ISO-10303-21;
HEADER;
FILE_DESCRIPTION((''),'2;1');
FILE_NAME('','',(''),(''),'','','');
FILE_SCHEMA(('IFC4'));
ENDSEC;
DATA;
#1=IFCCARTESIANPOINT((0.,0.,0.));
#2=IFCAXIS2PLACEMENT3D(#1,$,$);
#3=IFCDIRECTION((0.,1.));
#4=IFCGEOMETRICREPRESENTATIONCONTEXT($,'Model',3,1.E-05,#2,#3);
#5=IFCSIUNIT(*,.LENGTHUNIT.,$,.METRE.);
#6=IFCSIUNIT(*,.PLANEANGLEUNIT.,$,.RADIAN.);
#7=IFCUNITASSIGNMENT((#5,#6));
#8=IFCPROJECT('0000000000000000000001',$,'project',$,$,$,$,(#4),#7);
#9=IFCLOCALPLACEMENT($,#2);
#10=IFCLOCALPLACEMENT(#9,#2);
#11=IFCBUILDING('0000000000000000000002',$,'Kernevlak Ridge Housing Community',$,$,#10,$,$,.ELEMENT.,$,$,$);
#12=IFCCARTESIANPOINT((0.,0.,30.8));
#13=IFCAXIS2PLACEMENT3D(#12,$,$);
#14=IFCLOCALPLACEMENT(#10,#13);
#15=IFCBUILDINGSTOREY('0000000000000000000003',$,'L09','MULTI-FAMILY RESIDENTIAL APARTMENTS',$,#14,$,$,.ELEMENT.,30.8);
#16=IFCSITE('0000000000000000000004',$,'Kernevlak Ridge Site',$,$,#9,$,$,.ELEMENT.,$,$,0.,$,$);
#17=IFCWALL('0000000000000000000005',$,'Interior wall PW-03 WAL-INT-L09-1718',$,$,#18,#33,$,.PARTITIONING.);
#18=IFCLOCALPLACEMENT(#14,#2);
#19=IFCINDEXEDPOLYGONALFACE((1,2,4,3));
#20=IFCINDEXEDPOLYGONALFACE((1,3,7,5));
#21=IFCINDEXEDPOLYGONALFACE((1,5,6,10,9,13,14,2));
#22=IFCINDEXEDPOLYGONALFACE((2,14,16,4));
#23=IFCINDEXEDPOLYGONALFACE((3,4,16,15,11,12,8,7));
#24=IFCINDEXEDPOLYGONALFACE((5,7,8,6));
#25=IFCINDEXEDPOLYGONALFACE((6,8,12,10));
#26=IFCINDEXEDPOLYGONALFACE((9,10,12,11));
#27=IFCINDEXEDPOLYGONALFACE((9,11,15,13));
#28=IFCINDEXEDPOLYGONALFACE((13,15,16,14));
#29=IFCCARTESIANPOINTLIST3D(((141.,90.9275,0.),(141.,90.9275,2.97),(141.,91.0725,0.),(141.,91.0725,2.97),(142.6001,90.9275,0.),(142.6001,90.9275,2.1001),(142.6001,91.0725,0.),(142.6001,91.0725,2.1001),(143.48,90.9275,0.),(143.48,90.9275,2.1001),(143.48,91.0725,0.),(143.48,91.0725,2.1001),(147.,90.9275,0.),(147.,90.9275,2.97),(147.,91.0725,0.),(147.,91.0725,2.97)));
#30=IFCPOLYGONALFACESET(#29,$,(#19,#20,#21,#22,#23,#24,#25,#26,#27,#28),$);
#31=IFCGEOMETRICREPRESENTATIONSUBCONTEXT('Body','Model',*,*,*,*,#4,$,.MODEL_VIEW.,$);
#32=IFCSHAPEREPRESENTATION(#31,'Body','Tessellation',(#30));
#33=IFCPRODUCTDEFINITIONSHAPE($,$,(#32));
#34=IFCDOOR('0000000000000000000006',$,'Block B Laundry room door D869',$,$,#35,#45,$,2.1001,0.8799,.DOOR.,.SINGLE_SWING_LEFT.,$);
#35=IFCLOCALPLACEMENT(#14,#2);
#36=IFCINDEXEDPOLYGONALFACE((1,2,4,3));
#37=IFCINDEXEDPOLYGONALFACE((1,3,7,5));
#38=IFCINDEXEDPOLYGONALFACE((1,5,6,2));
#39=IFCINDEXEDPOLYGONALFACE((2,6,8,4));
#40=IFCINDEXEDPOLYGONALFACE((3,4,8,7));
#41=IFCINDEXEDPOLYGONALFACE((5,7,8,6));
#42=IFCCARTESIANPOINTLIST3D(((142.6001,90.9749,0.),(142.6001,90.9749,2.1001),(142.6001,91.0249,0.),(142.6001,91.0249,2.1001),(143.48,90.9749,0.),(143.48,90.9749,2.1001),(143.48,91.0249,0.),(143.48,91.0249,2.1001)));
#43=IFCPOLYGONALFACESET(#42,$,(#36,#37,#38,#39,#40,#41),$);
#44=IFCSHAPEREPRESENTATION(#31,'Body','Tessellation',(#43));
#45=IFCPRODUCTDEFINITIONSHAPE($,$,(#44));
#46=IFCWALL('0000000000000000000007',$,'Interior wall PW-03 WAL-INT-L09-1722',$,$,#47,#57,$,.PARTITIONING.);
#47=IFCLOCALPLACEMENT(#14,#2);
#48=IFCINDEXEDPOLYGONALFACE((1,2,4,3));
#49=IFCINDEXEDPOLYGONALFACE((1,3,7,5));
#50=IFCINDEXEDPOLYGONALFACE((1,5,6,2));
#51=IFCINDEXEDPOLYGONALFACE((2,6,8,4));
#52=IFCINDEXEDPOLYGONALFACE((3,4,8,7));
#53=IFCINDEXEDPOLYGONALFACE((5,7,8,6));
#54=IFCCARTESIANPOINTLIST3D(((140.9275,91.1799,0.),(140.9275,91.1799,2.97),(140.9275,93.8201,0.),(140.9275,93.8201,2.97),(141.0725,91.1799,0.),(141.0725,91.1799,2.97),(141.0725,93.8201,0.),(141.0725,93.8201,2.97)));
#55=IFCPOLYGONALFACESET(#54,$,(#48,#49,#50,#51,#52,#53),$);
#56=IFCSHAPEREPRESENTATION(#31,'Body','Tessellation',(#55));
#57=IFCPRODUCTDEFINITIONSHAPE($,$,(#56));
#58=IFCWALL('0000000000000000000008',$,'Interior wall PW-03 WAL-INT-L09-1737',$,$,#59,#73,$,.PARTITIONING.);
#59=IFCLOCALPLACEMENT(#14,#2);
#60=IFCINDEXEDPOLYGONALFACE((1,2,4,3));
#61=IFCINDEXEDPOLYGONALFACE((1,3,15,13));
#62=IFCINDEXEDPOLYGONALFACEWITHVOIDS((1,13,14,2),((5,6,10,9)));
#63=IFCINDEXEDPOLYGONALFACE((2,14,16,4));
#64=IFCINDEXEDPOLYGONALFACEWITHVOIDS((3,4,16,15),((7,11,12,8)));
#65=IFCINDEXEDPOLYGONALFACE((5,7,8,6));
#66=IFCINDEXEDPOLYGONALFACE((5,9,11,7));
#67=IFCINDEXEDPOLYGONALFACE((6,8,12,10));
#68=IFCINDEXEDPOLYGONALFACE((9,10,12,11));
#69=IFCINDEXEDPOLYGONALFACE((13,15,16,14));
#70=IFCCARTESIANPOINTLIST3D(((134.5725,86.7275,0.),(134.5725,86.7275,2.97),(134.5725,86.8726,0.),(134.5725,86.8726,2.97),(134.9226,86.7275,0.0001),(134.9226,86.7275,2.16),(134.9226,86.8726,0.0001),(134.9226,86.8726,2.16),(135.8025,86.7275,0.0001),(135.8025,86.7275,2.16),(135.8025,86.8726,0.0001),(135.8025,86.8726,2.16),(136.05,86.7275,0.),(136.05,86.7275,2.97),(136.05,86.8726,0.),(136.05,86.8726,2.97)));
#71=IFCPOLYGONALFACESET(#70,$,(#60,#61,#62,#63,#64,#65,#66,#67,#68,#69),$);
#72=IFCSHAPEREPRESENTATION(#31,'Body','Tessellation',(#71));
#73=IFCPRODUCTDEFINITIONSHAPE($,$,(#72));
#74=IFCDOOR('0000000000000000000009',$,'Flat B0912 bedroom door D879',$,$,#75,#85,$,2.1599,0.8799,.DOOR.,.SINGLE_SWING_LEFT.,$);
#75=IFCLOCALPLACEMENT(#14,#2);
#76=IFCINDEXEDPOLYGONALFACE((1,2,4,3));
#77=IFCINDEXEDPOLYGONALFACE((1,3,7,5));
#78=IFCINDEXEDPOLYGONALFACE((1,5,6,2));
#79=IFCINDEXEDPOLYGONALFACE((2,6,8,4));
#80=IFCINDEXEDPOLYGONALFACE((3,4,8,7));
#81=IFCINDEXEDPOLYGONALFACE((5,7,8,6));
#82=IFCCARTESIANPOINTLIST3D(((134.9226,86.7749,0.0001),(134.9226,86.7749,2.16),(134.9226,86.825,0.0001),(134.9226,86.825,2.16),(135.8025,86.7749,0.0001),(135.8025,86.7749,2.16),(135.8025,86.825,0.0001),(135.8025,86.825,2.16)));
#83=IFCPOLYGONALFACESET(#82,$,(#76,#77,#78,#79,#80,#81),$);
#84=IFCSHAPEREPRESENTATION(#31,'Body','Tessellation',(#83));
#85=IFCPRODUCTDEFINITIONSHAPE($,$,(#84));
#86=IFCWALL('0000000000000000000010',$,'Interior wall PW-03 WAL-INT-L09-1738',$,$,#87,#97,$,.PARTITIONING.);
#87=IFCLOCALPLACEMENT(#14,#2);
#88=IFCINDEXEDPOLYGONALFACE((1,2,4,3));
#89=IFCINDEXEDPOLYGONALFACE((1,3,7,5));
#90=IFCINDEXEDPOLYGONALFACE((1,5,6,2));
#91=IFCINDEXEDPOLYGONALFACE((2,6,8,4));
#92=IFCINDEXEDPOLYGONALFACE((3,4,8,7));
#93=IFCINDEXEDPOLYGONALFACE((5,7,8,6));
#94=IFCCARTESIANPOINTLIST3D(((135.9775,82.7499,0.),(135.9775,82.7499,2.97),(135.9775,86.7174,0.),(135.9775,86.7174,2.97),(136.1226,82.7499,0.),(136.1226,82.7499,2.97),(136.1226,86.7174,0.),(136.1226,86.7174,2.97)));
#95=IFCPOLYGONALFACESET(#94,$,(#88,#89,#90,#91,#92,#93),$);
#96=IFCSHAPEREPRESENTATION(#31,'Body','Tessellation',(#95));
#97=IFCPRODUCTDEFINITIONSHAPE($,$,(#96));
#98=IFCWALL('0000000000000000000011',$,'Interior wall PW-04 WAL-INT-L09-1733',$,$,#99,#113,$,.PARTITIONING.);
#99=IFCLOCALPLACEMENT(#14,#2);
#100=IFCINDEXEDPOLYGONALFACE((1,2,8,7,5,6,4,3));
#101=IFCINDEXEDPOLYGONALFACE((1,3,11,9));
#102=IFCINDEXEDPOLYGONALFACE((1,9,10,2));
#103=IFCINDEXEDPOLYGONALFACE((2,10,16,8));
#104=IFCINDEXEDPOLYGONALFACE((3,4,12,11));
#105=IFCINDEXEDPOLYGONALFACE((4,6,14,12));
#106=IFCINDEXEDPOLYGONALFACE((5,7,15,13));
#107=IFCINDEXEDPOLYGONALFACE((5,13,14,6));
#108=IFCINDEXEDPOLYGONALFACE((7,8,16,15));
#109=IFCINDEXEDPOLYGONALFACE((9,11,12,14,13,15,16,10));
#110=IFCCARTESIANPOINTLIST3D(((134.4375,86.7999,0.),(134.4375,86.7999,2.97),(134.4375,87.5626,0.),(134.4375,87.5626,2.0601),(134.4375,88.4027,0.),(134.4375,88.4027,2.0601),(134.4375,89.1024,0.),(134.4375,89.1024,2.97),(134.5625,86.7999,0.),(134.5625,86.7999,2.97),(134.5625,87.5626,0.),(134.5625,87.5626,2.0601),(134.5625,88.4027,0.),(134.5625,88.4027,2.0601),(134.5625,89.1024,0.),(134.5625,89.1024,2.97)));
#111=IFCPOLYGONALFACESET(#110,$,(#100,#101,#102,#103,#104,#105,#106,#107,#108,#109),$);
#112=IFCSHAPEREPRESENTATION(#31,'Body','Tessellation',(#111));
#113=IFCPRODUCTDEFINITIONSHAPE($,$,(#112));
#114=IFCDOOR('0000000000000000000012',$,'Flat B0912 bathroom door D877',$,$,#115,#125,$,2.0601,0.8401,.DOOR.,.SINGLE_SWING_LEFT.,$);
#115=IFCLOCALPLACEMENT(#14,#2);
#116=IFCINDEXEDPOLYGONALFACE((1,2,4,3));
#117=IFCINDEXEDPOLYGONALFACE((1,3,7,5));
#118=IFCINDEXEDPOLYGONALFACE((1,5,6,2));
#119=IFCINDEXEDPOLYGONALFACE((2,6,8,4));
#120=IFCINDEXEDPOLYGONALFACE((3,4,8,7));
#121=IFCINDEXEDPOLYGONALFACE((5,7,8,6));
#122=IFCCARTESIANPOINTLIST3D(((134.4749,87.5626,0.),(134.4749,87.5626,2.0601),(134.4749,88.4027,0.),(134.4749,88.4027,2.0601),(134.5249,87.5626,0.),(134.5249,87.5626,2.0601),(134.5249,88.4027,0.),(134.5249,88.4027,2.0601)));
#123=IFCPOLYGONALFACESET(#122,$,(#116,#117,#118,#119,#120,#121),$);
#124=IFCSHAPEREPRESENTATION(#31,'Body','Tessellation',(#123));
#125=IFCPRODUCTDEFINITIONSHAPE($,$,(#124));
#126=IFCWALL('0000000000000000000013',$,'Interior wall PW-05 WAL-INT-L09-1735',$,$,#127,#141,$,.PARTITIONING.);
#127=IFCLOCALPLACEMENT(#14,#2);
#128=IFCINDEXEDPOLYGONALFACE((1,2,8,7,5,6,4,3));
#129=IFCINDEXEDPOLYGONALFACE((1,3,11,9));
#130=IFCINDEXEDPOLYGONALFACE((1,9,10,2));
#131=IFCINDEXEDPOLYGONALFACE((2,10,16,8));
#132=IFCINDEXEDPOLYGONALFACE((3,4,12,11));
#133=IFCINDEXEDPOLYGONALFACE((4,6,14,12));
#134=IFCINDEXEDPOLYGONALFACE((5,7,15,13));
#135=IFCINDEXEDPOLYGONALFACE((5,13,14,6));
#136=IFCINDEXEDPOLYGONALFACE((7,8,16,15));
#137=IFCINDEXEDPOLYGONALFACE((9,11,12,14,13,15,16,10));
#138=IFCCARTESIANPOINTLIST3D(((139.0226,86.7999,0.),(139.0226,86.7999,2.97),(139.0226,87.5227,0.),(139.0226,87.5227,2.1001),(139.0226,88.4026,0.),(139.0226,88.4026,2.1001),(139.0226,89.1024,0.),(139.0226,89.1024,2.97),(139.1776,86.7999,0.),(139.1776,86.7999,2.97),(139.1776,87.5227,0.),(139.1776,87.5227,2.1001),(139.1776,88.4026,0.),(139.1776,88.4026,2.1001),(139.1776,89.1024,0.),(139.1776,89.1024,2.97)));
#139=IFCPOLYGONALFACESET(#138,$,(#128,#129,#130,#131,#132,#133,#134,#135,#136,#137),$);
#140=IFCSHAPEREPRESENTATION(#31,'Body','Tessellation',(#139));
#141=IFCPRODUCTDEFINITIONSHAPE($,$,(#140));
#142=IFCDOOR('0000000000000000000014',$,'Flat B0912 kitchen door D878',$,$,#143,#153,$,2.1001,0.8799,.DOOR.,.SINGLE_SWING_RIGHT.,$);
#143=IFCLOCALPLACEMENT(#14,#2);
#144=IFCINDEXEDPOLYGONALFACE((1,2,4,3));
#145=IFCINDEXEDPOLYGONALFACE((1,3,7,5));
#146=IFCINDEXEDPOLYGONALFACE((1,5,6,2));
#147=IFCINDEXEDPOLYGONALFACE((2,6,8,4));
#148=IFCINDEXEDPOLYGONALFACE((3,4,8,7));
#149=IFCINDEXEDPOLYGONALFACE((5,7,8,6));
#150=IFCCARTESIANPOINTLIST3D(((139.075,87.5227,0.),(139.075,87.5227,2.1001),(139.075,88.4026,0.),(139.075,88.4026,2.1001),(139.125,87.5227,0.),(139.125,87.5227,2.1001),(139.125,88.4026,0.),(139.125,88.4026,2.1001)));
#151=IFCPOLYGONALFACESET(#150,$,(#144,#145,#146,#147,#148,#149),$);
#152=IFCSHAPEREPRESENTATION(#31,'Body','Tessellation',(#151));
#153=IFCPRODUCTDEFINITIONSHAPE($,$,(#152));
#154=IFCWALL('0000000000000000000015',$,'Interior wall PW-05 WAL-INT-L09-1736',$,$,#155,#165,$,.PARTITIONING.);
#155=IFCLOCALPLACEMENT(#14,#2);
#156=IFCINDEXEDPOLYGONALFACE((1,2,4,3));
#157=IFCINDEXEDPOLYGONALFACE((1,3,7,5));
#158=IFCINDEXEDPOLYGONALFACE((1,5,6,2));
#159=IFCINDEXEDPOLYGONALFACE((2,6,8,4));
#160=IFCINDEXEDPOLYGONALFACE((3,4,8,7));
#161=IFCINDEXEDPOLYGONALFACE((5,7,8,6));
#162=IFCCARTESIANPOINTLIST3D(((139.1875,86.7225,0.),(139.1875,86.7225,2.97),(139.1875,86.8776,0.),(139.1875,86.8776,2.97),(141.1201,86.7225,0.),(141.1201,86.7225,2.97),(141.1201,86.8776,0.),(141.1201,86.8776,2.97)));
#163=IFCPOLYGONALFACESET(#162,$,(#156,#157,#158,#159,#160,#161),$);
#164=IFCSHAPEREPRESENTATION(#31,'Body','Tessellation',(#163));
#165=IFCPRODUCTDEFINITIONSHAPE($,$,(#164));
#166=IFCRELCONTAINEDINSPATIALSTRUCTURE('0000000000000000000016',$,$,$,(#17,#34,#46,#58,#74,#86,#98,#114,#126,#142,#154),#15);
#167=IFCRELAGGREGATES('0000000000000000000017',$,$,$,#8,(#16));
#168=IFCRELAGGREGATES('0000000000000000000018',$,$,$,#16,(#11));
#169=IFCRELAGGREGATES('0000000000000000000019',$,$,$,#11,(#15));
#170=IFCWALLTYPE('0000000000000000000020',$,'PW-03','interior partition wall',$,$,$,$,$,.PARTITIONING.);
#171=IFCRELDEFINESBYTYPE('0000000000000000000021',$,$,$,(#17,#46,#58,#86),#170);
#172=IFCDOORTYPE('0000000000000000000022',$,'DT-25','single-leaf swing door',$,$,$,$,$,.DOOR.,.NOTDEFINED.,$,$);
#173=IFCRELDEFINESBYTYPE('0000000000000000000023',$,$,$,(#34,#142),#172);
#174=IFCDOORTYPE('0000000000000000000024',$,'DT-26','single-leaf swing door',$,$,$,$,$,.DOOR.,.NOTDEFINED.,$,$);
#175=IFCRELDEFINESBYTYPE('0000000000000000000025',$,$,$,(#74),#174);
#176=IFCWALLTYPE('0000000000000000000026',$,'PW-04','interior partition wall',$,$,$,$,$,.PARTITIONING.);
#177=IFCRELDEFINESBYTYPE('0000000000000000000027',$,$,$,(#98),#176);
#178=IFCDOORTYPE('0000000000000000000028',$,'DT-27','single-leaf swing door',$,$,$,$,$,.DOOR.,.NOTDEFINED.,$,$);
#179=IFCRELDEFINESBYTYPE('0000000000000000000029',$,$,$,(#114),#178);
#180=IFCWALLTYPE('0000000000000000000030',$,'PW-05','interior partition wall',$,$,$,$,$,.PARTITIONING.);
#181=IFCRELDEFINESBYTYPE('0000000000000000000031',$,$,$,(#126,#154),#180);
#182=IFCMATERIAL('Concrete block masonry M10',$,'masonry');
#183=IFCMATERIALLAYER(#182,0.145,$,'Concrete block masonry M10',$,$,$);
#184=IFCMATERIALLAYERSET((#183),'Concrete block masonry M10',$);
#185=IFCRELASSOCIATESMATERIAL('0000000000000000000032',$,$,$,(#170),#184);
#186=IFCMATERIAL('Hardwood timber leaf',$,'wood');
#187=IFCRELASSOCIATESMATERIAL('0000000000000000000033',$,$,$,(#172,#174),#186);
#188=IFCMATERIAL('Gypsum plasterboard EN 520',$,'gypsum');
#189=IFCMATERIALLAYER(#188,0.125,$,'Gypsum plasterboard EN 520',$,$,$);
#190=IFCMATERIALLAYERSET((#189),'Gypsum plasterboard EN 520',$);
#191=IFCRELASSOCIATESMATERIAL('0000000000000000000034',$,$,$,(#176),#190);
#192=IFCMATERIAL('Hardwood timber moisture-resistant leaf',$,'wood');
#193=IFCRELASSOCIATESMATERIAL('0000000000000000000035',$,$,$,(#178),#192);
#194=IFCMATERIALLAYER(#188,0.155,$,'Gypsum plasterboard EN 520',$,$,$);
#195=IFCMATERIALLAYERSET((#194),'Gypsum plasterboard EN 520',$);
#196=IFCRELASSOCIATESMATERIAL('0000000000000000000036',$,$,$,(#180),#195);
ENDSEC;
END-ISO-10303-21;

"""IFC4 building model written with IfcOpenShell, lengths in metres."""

from ifc_helpers import new_model, si_unit, direction, frame, frame_2d, origin, place, context, subcontext, project, spatial, rectangle, extrude, material, layer, layer_set, type_object, element, fill, save


model = new_model("IFC4")

# Units and contexts
model_context = context("Model", 3, precision=1e-05, world=origin(), true_north=direction((0.0, 1.0)))
body_context = subcontext(model_context, "Body", "Model", "MODEL_VIEW")
ifc_project = project(units=[si_unit("LENGTHUNIT", "METRE"), si_unit("PLANEANGLEUNIT", "RADIAN")], contexts=[model_context])

# Site, building, storey
site_placement = place(None, origin())
site = spatial("IfcSite", under=ifc_project, at=site_placement, Name="Kernevlak Ridge Site", CompositionType="ELEMENT", RefElevation=0.0)
building_placement = place(site_placement, origin())
building = spatial("IfcBuilding", under=site, at=building_placement, Name="Kernevlak Ridge Housing Community", CompositionType="ELEMENT")
storey_placement = place(building_placement, frame((0.0, 0.0, 30.8)))
storey = spatial("IfcBuildingStorey", under=building, at=storey_placement, Name="L09", Description="MULTI-FAMILY RESIDENTIAL APARTMENTS", CompositionType="ELEMENT", Elevation=30.8)

# Shared definitions
ifc_material_1 = material(Name="Concrete block masonry M10", Category="masonry")

# Wall, opening, door
ifc_layer_1 = layer(ifc_material_1, 0.145, Name="Concrete block masonry M10")
ifc_layer_set_1 = layer_set([ifc_layer_1], Name="Concrete block masonry M10")
wall_type_1 = type_object("IfcWallType", Name="PW-03", Description="interior partition wall", PredefinedType="PARTITIONING", material=ifc_layer_set_1)
wall_1_placement = place(storey_placement, frame((141.0, 91.0, 0.0), z_axis=(0.0, 0.0, 1.0), x_axis=(1.0, 0.0, 0.0)))
wall_1 = element("IfcWall", 1, at=wall_1_placement, inside=storey, type_object=wall_type_1, Name="Interior wall PW-03 WAL-INT-L09-1718", PredefinedType="PARTITIONING", context=body_context, shape_type="SweptSolid", body=[
    extrude(rectangle(XDim=6.0, YDim=0.145, at=frame_2d((3.0, 0.0))), origin(), (0.0, 0.0, 1.0), 2.97),
])
opening_1_placement = place(wall_1_placement, frame((1.6001, 0.0, 0.0)))
opening_1 = element("IfcOpeningElement", 2, at=opening_1_placement, cuts=wall_1, PredefinedType="OPENING", context=body_context, shape_type="SweptSolid", body=[
    extrude(rectangle(XDim=0.8799, YDim=2.1001, at=frame_2d((0.4399, 1.05))), frame((0.0, 0.0825, 0.0), z_axis=(0.0, -1.0, 0.0), x_axis=(1.0, 0.0, 0.0)), (0.0, 0.0, 1.0), 0.165),
])
ifc_material_2 = material(Name="Hardwood timber leaf", Category="wood")
door_type_1 = type_object("IfcDoorType", Name="DT-25", Description="single-leaf swing door", OperationType="NOTDEFINED", PredefinedType="DOOR", material=ifc_material_2)
door_1_placement = place(opening_1_placement, origin())
door_1 = element("IfcDoor", 3, at=door_1_placement, inside=storey, type_object=door_type_1, Name="Block B Laundry room door D869", OperationType="SINGLE_SWING_LEFT", OverallHeight=2.1001, OverallWidth=0.8799, PredefinedType="DOOR", context=body_context, shape_type="SweptSolid", body=[
    extrude(rectangle(XDim=0.8799, YDim=2.1001, at=frame_2d((0.4399, 1.05))), frame((0.0, 0.0249, 0.0), z_axis=(0.0, -1.0, 0.0), x_axis=(1.0, 0.0, 0.0)), (0.0, 0.0, 1.0), 0.05),
])
fill(opening_1, door_1)

# Wall
wall_2_placement = place(storey_placement, frame((141.0, 91.1799, 0.0), z_axis=(0.0, 0.0, 1.0), x_axis=(0.0, 1.0, 0.0)))
element("IfcWall", 4, at=wall_2_placement, inside=storey, type_object=wall_type_1, Name="Interior wall PW-03 WAL-INT-L09-1722", PredefinedType="PARTITIONING", context=body_context, shape_type="SweptSolid", body=[
    extrude(rectangle(XDim=2.6401, YDim=0.145, at=frame_2d((1.3201, 0.0))), origin(), (0.0, 0.0, 1.0), 2.97),
])

# Wall, opening, door
wall_3_placement = place(storey_placement, frame((134.5725, 86.8, 0.0), z_axis=(0.0, 0.0, 1.0), x_axis=(1.0, 0.0, 0.0)))
wall_3 = element("IfcWall", 5, at=wall_3_placement, inside=storey, type_object=wall_type_1, Name="Interior wall PW-03 WAL-INT-L09-1737", PredefinedType="PARTITIONING", context=body_context, shape_type="SweptSolid", body=[
    extrude(rectangle(XDim=1.4775, YDim=0.145, at=frame_2d((0.7388, 0.0))), origin(), (0.0, 0.0, 1.0), 2.97),
])
opening_2_placement = place(wall_3_placement, frame((0.3501, 0.0, 0.0)))
opening_2 = element("IfcOpeningElement", 6, at=opening_2_placement, cuts=wall_3, PredefinedType="OPENING", context=body_context, shape_type="SweptSolid", body=[
    extrude(rectangle(XDim=0.8799, YDim=2.1599, at=frame_2d((0.4399, 1.0801))), frame((0.0, 0.0825, 0.0), z_axis=(0.0, -1.0, 0.0), x_axis=(1.0, 0.0, 0.0)), (0.0, 0.0, 1.0), 0.165),
])
door_type_2 = type_object("IfcDoorType", Name="DT-26", Description="single-leaf swing door", OperationType="NOTDEFINED", PredefinedType="DOOR", material=ifc_material_2)
door_2_placement = place(opening_2_placement, origin())
door_2 = element("IfcDoor", 7, at=door_2_placement, inside=storey, type_object=door_type_2, Name="Flat B0912 bedroom door D879", OperationType="SINGLE_SWING_LEFT", OverallHeight=2.1599, OverallWidth=0.8799, PredefinedType="DOOR", context=body_context, shape_type="SweptSolid", body=[
    extrude(rectangle(XDim=0.8799, YDim=2.1599, at=frame_2d((0.4399, 1.0801))), frame((0.0, 0.0249, 0.0), z_axis=(0.0, -1.0, 0.0), x_axis=(1.0, 0.0, 0.0)), (0.0, 0.0, 1.0), 0.05),
])
fill(opening_2, door_2)

# Wall
wall_4_placement = place(storey_placement, frame((136.05, 86.7175, 0.0), z_axis=(0.0, 0.0, 1.0), x_axis=(0.0, -1.0, 0.0)))
element("IfcWall", 8, at=wall_4_placement, inside=storey, type_object=wall_type_1, Name="Interior wall PW-03 WAL-INT-L09-1738", PredefinedType="PARTITIONING", context=body_context, shape_type="SweptSolid", body=[
    extrude(rectangle(XDim=3.9675, YDim=0.145, at=frame_2d((1.9839, 0.0))), origin(), (0.0, 0.0, 1.0), 2.97),
])

# Walls, openings, doors
ifc_material_3 = material(Name="Gypsum plasterboard EN 520", Category="gypsum")
ifc_layer_2 = layer(ifc_material_3, 0.125, Name="Gypsum plasterboard EN 520")
ifc_layer_set_2 = layer_set([ifc_layer_2], Name="Gypsum plasterboard EN 520")
wall_type_2 = type_object("IfcWallType", Name="PW-04", Description="interior partition wall", PredefinedType="PARTITIONING", material=ifc_layer_set_2)
wall_5_placement = place(storey_placement, frame((134.5, 89.1025, 0.0), z_axis=(0.0, 0.0, 1.0), x_axis=(0.0, -1.0, 0.0)))
wall_5 = element("IfcWall", 9, at=wall_5_placement, inside=storey, type_object=wall_type_2, Name="Interior wall PW-04 WAL-INT-L09-1733", PredefinedType="PARTITIONING", context=body_context, shape_type="SweptSolid", body=[
    extrude(rectangle(XDim=2.3025, YDim=0.125, at=frame_2d((1.1514, 0.0))), origin(), (0.0, 0.0, 1.0), 2.97),
])
opening_3_placement = place(wall_5_placement, frame((0.7, 0.0, 0.0)))
opening_3 = element("IfcOpeningElement", 10, at=opening_3_placement, cuts=wall_5, PredefinedType="OPENING", context=body_context, shape_type="SweptSolid", body=[
    extrude(rectangle(XDim=0.8401, YDim=2.0601, at=frame_2d((0.4199, 1.03))), frame((0.0, 0.0725, 0.0), z_axis=(0.0, -1.0, 0.0), x_axis=(1.0, 0.0, 0.0)), (0.0, 0.0, 1.0), 0.145),
])
ifc_material_4 = material(Name="Hardwood timber moisture-resistant leaf", Category="wood")
door_type_3 = type_object("IfcDoorType", Name="DT-27", Description="single-leaf swing door", OperationType="NOTDEFINED", PredefinedType="DOOR", material=ifc_material_4)
door_3_placement = place(opening_3_placement, origin())
door_3 = element("IfcDoor", 11, at=door_3_placement, inside=storey, type_object=door_type_3, Name="Flat B0912 bathroom door D877", OperationType="SINGLE_SWING_LEFT", OverallHeight=2.0601, OverallWidth=0.8401, PredefinedType="DOOR", context=body_context, shape_type="SweptSolid", body=[
    extrude(rectangle(XDim=0.8401, YDim=2.0601, at=frame_2d((0.4199, 1.03))), frame((0.0, 0.0249, 0.0), z_axis=(0.0, -1.0, 0.0), x_axis=(1.0, 0.0, 0.0)), (0.0, 0.0, 1.0), 0.05),
])
fill(opening_3, door_3)
ifc_layer_3 = layer(ifc_material_3, 0.155, Name="Gypsum plasterboard EN 520")
ifc_layer_set_3 = layer_set([ifc_layer_3], Name="Gypsum plasterboard EN 520")
wall_type_3 = type_object("IfcWallType", Name="PW-05", Description="interior partition wall", PredefinedType="PARTITIONING", material=ifc_layer_set_3)
wall_6_placement = place(storey_placement, frame((139.1001, 89.1025, 0.0), z_axis=(0.0, 0.0, 1.0), x_axis=(0.0, -1.0, 0.0)))
wall_6 = element("IfcWall", 12, at=wall_6_placement, inside=storey, type_object=wall_type_3, Name="Interior wall PW-05 WAL-INT-L09-1735", PredefinedType="PARTITIONING", context=body_context, shape_type="SweptSolid", body=[
    extrude(rectangle(XDim=2.3025, YDim=0.155, at=frame_2d((1.1514, 0.0))), origin(), (0.0, 0.0, 1.0), 2.97),
])
opening_4_placement = place(wall_6_placement, frame((0.7, 0.0, 0.0)))
opening_4 = element("IfcOpeningElement", 13, at=opening_4_placement, cuts=wall_6, PredefinedType="OPENING", context=body_context, shape_type="SweptSolid", body=[
    extrude(rectangle(XDim=0.8799, YDim=2.1001, at=frame_2d((0.4399, 1.05))), frame((0.0, 0.0874, 0.0), z_axis=(0.0, -1.0, 0.0), x_axis=(1.0, 0.0, 0.0)), (0.0, 0.0, 1.0), 0.175),
])
door_4_placement = place(opening_4_placement, origin())
door_4 = element("IfcDoor", 14, at=door_4_placement, inside=storey, type_object=door_type_1, Name="Flat B0912 kitchen door D878", OperationType="SINGLE_SWING_RIGHT", OverallHeight=2.1001, OverallWidth=0.8799, PredefinedType="DOOR", context=body_context, shape_type="SweptSolid", body=[
    extrude(rectangle(XDim=0.8799, YDim=2.1001, at=frame_2d((0.4399, 1.05))), frame((0.0, 0.0249, 0.0), z_axis=(0.0, -1.0, 0.0), x_axis=(1.0, 0.0, 0.0)), (0.0, 0.0, 1.0), 0.05),
])
fill(opening_4, door_4)

# Wall
wall_7_placement = place(storey_placement, frame((139.1875, 86.8, 0.0), z_axis=(0.0, 0.0, 1.0), x_axis=(1.0, 0.0, 0.0)))
element("IfcWall", 15, at=wall_7_placement, inside=storey, type_object=wall_type_3, Name="Interior wall PW-05 WAL-INT-L09-1736", PredefinedType="PARTITIONING", context=body_context, shape_type="SweptSolid", body=[
    extrude(rectangle(XDim=1.9326, YDim=0.155, at=frame_2d((0.9663, 0.0))), origin(), (0.0, 0.0, 1.0), 2.97),
])

save(model, "model.ifc")
